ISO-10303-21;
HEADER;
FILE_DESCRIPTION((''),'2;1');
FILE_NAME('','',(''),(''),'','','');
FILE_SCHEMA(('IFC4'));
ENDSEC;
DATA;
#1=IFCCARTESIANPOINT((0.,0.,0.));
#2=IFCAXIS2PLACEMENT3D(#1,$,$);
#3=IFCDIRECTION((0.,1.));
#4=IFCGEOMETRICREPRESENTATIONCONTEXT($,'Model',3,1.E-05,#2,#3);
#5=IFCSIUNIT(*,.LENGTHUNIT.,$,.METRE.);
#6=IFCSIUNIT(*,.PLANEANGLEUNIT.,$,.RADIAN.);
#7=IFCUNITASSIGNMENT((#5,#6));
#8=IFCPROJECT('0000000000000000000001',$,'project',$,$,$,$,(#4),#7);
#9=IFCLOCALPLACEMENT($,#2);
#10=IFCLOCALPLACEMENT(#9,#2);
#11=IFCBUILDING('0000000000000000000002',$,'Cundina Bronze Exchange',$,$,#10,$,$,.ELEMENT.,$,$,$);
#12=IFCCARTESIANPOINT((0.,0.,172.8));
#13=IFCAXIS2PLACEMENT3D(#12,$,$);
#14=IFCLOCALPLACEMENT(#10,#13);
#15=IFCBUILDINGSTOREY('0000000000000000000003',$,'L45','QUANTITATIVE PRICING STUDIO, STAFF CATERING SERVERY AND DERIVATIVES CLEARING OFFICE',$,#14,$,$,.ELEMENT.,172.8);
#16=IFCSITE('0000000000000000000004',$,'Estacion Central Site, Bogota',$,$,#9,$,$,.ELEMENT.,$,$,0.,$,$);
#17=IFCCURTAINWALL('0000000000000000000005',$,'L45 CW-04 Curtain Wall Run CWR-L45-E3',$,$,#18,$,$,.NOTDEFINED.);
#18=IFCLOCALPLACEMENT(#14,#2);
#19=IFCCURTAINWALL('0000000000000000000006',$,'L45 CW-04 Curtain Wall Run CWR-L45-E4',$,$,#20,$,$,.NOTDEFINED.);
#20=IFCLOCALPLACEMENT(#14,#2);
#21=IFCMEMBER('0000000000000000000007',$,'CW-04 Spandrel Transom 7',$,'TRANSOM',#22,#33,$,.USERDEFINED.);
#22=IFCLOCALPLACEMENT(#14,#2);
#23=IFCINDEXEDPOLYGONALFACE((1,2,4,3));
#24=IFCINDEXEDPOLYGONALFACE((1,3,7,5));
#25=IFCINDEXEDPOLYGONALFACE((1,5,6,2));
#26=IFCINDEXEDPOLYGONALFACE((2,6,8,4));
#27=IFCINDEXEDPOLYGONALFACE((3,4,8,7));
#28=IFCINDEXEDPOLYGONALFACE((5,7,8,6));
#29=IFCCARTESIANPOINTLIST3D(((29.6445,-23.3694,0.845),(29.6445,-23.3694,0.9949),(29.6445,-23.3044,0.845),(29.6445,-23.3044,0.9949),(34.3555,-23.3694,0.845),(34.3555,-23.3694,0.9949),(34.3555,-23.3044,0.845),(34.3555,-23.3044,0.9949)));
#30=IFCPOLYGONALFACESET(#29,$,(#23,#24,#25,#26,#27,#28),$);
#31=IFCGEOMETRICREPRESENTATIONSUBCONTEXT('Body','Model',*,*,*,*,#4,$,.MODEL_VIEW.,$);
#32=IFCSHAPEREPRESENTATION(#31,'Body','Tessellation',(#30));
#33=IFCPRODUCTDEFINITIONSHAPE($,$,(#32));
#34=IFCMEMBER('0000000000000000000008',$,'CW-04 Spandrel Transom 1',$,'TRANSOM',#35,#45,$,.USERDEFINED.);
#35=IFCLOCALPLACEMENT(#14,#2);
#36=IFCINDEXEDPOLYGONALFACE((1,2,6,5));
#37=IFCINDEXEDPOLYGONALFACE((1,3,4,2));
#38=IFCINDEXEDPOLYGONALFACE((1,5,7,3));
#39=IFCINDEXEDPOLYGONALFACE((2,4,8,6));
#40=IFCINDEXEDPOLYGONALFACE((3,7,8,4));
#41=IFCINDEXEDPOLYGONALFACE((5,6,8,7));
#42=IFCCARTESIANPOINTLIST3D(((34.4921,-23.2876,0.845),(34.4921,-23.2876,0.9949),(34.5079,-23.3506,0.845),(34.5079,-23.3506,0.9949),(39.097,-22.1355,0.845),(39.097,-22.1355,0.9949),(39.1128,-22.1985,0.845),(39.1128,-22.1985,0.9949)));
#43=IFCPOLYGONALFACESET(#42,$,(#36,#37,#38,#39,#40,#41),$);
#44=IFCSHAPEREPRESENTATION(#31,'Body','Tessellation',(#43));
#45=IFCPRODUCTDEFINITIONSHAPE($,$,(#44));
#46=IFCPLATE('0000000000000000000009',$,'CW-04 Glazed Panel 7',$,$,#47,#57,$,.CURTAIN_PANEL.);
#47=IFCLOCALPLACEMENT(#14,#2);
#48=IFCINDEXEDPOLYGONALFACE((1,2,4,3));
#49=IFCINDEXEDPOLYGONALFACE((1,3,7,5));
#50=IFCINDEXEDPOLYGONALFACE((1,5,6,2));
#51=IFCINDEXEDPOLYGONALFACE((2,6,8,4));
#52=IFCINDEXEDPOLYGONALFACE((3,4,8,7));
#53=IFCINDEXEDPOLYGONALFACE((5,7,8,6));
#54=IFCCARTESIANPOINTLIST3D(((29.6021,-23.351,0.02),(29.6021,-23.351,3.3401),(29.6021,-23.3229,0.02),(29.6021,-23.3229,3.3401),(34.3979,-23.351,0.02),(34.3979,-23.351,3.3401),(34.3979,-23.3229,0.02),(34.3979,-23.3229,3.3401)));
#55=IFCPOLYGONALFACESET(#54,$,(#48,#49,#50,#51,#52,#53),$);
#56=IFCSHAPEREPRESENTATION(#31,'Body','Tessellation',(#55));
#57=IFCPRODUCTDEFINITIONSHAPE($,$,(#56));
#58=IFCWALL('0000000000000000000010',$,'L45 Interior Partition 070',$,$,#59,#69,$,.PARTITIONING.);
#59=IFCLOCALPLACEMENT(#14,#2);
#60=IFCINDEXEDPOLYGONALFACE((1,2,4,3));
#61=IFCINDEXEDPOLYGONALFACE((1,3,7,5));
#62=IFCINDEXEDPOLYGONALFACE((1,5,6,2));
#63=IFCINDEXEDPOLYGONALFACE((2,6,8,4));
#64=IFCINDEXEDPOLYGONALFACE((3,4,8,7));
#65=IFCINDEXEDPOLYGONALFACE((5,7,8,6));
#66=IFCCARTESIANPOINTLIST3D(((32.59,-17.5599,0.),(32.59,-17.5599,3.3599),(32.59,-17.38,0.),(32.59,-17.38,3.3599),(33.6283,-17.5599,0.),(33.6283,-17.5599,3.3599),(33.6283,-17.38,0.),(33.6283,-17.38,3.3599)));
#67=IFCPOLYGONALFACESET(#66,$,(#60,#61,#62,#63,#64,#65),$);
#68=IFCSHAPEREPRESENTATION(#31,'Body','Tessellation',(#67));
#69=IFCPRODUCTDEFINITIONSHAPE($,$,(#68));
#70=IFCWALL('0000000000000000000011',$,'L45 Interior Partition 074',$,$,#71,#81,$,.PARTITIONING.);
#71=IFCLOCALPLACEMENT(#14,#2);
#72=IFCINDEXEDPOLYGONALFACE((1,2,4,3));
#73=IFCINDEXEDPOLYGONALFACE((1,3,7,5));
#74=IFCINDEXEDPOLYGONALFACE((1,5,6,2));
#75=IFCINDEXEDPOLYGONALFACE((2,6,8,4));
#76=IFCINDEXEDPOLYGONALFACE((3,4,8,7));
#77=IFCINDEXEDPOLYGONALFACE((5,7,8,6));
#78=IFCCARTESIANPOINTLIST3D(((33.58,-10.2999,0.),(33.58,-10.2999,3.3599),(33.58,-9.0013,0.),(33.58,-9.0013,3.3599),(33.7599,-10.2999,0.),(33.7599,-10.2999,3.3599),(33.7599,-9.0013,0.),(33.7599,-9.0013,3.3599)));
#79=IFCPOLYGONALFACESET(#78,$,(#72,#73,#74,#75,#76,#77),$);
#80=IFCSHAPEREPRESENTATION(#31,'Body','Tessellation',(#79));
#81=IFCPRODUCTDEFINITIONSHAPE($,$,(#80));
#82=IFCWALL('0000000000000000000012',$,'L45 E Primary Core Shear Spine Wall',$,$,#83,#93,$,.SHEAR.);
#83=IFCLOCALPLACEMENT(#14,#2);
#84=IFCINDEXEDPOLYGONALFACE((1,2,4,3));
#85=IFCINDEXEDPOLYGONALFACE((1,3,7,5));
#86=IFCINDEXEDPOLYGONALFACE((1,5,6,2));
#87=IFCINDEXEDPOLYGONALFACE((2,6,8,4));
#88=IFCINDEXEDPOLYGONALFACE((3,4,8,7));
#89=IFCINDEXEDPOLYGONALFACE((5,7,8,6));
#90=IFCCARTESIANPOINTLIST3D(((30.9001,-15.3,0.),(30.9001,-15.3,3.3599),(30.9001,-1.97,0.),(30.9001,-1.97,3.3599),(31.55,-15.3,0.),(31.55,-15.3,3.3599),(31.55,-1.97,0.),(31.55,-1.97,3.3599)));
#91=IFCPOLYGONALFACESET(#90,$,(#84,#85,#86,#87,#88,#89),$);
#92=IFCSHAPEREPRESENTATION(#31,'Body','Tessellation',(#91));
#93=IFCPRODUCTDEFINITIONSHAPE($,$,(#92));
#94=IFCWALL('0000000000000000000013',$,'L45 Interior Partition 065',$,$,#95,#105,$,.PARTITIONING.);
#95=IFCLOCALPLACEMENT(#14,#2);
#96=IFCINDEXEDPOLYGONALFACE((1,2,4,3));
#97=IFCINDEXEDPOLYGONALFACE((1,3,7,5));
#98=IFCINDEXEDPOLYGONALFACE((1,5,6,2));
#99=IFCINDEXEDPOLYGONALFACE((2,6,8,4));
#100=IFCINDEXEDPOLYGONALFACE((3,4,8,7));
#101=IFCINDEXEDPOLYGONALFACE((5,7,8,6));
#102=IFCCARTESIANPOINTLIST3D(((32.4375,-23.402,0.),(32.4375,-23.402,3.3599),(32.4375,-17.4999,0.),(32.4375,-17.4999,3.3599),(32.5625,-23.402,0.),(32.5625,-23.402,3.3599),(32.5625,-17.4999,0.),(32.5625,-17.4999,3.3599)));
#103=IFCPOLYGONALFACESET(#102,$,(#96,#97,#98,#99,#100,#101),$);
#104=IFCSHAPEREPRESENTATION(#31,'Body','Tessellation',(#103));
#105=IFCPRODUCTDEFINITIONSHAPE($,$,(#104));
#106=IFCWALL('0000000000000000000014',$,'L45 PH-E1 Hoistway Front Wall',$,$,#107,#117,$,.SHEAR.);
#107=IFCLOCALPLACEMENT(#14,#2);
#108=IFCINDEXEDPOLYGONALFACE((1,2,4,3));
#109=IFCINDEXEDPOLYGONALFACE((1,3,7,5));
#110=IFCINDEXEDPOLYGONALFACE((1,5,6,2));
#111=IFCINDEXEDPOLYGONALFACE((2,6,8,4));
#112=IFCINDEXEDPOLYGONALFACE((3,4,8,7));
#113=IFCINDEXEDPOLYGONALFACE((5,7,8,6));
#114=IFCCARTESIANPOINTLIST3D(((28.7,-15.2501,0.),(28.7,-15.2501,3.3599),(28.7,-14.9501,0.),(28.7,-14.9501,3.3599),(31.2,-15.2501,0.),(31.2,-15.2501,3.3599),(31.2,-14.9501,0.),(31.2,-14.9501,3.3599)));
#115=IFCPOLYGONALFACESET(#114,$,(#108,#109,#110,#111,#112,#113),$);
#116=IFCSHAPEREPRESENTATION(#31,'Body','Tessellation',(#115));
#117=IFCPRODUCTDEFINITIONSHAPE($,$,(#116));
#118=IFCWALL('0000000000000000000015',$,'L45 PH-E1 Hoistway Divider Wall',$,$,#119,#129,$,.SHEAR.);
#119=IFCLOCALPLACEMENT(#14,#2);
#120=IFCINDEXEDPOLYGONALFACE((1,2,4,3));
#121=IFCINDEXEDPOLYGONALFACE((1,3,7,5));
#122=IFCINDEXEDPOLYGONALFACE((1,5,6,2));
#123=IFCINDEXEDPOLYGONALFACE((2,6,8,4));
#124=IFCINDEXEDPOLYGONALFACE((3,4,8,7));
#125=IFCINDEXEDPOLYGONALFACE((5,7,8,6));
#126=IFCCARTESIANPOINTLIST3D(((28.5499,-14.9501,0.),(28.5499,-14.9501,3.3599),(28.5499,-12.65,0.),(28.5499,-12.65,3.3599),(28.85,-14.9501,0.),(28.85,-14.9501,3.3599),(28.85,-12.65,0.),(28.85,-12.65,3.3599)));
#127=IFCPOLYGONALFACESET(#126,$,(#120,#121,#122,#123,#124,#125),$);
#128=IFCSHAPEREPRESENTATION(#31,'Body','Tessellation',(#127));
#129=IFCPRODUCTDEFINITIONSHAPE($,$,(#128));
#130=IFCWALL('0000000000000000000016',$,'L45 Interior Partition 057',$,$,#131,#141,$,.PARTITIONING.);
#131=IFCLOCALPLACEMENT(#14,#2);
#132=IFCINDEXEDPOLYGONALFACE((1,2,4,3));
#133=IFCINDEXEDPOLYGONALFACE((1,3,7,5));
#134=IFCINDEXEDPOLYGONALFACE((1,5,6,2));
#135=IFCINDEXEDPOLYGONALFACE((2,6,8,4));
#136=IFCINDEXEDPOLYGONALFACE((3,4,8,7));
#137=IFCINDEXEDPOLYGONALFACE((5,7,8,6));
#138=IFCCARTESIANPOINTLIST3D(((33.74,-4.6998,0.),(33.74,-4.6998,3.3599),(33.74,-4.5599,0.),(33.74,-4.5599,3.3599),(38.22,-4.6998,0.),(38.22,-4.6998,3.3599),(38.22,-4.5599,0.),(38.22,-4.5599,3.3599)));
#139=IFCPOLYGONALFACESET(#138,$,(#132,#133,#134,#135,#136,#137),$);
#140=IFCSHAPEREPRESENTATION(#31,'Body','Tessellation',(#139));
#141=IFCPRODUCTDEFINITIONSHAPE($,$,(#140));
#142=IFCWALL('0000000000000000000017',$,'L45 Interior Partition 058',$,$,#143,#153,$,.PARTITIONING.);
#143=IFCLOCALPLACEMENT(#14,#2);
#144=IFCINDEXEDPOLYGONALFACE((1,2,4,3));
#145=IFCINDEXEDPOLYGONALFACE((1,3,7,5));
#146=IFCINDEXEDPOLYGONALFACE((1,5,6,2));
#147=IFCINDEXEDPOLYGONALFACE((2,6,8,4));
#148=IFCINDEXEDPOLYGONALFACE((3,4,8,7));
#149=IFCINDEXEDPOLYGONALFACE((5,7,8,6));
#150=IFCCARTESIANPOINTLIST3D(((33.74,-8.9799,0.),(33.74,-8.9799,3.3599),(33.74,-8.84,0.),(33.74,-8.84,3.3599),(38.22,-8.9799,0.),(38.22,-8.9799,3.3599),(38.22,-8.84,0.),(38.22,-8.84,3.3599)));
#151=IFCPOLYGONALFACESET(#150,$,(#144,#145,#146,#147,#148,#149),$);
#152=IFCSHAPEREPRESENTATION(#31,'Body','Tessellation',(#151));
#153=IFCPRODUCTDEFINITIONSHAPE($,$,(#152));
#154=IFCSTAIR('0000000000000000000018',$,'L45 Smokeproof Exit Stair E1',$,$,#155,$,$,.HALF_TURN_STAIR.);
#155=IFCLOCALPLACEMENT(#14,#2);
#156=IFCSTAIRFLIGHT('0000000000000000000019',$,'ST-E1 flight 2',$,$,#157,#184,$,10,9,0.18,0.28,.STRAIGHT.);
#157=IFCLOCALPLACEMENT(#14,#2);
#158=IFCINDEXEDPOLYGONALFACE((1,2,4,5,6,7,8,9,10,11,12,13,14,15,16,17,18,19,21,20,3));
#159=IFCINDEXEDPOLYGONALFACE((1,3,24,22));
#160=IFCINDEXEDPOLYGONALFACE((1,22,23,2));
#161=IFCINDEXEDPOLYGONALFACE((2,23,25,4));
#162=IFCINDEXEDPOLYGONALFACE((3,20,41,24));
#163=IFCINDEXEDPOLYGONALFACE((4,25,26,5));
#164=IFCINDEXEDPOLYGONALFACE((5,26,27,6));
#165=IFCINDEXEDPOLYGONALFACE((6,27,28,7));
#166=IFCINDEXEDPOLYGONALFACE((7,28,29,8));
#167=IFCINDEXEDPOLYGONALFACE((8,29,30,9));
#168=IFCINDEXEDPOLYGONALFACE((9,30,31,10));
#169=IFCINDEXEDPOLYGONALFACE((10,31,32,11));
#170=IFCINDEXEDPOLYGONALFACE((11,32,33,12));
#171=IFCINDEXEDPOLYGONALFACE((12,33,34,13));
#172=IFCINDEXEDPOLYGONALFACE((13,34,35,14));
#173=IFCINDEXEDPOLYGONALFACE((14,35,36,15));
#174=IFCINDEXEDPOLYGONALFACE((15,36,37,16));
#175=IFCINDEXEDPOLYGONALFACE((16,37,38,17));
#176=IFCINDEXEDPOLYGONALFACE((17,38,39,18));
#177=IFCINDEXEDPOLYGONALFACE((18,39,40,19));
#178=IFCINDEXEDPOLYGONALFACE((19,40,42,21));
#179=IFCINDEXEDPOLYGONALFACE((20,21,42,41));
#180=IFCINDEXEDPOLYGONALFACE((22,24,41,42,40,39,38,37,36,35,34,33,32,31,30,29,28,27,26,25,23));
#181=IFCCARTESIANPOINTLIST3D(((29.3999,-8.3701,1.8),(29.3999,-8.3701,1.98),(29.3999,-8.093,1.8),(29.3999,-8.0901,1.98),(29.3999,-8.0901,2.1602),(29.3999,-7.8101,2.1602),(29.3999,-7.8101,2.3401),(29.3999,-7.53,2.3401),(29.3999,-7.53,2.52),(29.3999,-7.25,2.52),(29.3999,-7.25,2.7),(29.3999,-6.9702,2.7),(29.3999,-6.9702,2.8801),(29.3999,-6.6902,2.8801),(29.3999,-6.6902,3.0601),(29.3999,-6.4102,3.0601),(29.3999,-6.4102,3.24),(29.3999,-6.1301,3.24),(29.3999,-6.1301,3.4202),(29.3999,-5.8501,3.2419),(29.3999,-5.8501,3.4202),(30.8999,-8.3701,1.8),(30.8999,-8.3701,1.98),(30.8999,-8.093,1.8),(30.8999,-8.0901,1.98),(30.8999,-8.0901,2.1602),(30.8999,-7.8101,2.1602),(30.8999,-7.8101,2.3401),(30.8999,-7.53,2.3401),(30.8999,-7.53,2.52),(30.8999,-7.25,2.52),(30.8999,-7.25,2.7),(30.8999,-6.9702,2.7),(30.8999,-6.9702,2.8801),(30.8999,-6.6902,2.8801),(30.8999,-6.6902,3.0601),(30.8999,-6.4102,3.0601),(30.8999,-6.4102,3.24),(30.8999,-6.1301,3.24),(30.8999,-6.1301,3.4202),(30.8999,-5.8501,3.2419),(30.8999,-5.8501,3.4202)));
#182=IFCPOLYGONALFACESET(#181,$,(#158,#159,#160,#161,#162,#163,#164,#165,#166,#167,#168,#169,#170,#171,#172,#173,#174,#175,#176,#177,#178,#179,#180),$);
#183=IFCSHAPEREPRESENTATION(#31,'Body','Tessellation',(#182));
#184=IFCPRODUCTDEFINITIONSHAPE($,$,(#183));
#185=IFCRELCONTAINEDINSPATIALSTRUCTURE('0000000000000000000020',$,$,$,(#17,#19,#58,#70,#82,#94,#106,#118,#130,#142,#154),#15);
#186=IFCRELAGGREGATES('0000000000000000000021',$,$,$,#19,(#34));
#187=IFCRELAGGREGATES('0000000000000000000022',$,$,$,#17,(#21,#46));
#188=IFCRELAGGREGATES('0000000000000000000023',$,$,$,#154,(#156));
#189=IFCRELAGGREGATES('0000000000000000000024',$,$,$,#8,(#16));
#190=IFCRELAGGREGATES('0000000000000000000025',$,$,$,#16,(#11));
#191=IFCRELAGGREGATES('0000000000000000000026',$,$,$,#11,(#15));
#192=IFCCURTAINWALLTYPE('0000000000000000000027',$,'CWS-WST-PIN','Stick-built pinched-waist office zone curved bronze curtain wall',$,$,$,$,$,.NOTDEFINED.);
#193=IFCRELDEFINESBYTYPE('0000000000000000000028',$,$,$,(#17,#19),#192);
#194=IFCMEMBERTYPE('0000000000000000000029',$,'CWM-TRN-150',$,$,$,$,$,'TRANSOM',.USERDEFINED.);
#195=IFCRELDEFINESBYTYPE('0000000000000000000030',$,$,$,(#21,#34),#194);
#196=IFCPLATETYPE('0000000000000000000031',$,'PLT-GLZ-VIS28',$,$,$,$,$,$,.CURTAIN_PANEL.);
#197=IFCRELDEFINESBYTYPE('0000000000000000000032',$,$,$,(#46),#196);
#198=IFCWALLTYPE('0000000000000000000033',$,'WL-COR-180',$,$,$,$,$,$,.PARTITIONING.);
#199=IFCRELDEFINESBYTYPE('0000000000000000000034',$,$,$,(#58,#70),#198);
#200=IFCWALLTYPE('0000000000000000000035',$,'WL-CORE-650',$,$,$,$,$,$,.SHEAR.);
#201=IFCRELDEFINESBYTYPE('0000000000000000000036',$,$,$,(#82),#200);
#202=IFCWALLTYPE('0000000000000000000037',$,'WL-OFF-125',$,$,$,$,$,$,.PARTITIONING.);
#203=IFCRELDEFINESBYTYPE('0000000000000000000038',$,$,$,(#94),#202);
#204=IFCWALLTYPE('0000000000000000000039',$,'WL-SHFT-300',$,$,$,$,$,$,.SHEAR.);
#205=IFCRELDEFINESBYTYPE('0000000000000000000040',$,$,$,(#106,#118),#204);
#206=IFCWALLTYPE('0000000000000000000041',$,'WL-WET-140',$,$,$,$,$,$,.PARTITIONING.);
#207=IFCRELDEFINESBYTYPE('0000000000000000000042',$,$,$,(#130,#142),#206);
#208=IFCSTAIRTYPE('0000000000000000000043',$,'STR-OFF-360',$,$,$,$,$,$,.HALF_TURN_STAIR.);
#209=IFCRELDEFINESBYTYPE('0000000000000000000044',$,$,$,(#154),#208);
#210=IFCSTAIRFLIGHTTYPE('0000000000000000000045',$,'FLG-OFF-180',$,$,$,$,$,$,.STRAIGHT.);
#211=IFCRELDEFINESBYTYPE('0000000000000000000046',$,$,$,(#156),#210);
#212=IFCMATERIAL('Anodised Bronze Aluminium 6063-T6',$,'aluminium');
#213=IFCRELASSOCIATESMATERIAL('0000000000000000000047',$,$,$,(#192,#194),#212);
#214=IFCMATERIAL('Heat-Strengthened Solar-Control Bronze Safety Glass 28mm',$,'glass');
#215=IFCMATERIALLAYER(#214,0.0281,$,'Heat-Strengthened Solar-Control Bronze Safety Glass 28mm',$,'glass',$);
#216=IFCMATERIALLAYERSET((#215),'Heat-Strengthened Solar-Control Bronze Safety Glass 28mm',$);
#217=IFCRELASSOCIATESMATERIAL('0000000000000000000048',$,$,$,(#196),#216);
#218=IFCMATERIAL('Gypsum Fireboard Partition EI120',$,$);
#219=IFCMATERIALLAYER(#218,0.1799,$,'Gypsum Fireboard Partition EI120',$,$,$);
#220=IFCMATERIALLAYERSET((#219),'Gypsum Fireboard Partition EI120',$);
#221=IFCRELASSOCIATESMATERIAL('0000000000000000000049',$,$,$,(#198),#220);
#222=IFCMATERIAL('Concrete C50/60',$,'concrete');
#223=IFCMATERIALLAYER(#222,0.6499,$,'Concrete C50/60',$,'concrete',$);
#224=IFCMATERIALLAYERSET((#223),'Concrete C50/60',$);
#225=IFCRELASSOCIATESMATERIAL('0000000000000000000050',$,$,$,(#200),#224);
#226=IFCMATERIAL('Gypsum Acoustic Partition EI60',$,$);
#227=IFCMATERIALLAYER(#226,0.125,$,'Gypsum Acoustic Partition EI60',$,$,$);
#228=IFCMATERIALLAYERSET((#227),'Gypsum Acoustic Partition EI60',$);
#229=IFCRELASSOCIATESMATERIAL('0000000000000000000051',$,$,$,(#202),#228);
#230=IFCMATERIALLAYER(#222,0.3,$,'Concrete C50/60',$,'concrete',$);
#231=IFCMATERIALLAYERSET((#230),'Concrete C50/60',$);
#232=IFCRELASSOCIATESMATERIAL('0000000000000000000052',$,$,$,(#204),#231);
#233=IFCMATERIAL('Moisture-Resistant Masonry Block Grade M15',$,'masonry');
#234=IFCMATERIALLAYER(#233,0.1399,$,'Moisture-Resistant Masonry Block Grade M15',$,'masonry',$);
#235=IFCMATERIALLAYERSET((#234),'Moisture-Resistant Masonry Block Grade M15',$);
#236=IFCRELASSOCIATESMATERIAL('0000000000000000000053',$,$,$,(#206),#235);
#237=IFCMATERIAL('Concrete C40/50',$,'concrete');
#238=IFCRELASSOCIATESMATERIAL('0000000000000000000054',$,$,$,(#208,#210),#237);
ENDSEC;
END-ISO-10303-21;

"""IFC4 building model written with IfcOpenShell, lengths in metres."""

from ifc_helpers import new_model, si_unit, direction, frame, frame_2d, origin, origin_2d, place, context, subcontext, project, spatial, polyline, rectangle, outline, extrude, material, layer, layer_set, material_profile, profile_set, type_object, element, aggregate, save


model = new_model("IFC4")

# Units and contexts
model_context = context("Model", 3, precision=1e-05, world=origin(), true_north=direction((0.0, 1.0)))
body_context = subcontext(model_context, "Body", "Model", "MODEL_VIEW")
ifc_project = project(units=[si_unit("LENGTHUNIT", "METRE"), si_unit("PLANEANGLEUNIT", "RADIAN")], contexts=[model_context])

# Site, building, storey
site_placement = place(None, origin())
site = spatial("IfcSite", under=ifc_project, at=site_placement, Name="Estacion Central Site, Bogota", CompositionType="ELEMENT", RefElevation=0.0)
building_placement = place(site_placement, origin())
building = spatial("IfcBuilding", under=site, at=building_placement, Name="Cundina Bronze Exchange", CompositionType="ELEMENT")
storey_placement = place(building_placement, frame((0.0, 0.0, 172.8)))
storey = spatial("IfcBuildingStorey", under=building, at=storey_placement, Name="L45", Description="QUANTITATIVE PRICING STUDIO, STAFF CATERING SERVERY AND DERIVATIVES CLEARING OFFICE", CompositionType="ELEMENT", Elevation=172.8)

# Shared definitions
ifc_material_1 = material(Name="Concrete C50/60", Category="concrete")

# Curtain wall
ifc_material_2 = material(Name="Anodised Bronze Aluminium 6063-T6", Category="aluminium")
curtain_wall_type = type_object("IfcCurtainWallType", Name="CWS-WST-PIN", Description="Stick-built pinched-waist office zone curved bronze curtain wall", PredefinedType="NOTDEFINED", material=ifc_material_2)
curtain_wall_1_placement = place(storey_placement, origin())
curtain_wall_1 = element("IfcCurtainWall", 1, at=curtain_wall_1_placement, inside=storey, type_object=curtain_wall_type, Name="L45 CW-04 Curtain Wall Run CWR-L45-E3", PredefinedType="NOTDEFINED")

# Curtain wall
curtain_wall_2_placement = place(storey_placement, origin())
curtain_wall_2 = element("IfcCurtainWall", 2, at=curtain_wall_2_placement, inside=storey, type_object=curtain_wall_type, Name="L45 CW-04 Curtain Wall Run CWR-L45-E4", PredefinedType="NOTDEFINED")

# Members
ifc_material_profile_1 = material_profile(ifc_material_2, rectangle(XDim=0.0649, YDim=0.1499, at=origin_2d()), Name="AL65X150", Category="aluminium")
ifc_profile_set_1 = profile_set([ifc_material_profile_1], Name="Anodised Bronze Aluminium 6063-T6")
member_type_1 = type_object("IfcMemberType", Name="CWM-TRN-150", ElementType="TRANSOM", PredefinedType="USERDEFINED", material=ifc_profile_set_1)
member_1_placement = place(storey_placement, frame((29.6445, -23.3369, 0.9199), z_axis=(1.0, 0.0, 0.0), x_axis=(0.0, 1.0, 0.0)))
member_1 = element("IfcMember", 3, at=member_1_placement, type_object=member_type_1, Name="CW-04 Spandrel Transom 7", ObjectType="TRANSOM", PredefinedType="USERDEFINED", context=body_context, shape_type="SweptSolid", body=[
    extrude(rectangle(XDim=0.0649, YDim=0.1499, at=origin_2d()), origin(), (0.0, 0.0, 1.0), 4.7109),
])
member_2_placement = place(storey_placement, frame((34.5, -23.3191, 0.9199), z_axis=(0.9701, 0.242705, 0.0), x_axis=(-0.242705, 0.9701, 0.0)))
member_2 = element("IfcMember", 4, at=member_2_placement, type_object=member_type_1, Name="CW-04 Spandrel Transom 1", ObjectType="TRANSOM", PredefinedType="USERDEFINED", context=body_context, shape_type="SweptSolid", body=[
    extrude(rectangle(XDim=0.0649, YDim=0.1499, at=origin_2d()), origin(), (0.0, 0.0, 1.0), 4.7468),
])
aggregate(curtain_wall_2, [member_2])

# Plate
ifc_material_3 = material(Name="Heat-Strengthened Solar-Control Bronze Safety Glass 28mm", Category="glass")
ifc_layer_1 = layer(ifc_material_3, 0.0281, Name="Heat-Strengthened Solar-Control Bronze Safety Glass 28mm", Category="glass")
ifc_layer_set_1 = layer_set([ifc_layer_1], Name="Heat-Strengthened Solar-Control Bronze Safety Glass 28mm")
plate_type = type_object("IfcPlateType", Name="PLT-GLZ-VIS28", PredefinedType="CURTAIN_PANEL", material=ifc_layer_set_1)
plate_placement = place(storey_placement, frame((32.0, -23.3369, 0.02), z_axis=(0.0, 0.0, 1.0), x_axis=(1.0, 0.0, 0.0)))
plate = element("IfcPlate", 5, at=plate_placement, type_object=plate_type, Name="CW-04 Glazed Panel 7", PredefinedType="CURTAIN_PANEL", context=body_context, shape_type="SweptSolid", body=[
    extrude(rectangle(XDim=4.7959, YDim=0.0281, at=origin_2d()), origin(), (0.0, 0.0, 1.0), 3.3201),
])
aggregate(curtain_wall_1, [member_1, plate])

# Shared definitions
ifc_material_4 = material(Name="Gypsum Fireboard Partition EI120")
ifc_layer_2 = layer(ifc_material_4, 0.1799, Name="Gypsum Fireboard Partition EI120")
ifc_layer_set_2 = layer_set([ifc_layer_2], Name="Gypsum Fireboard Partition EI120")
wall_type_1 = type_object("IfcWallType", Name="WL-COR-180", PredefinedType="PARTITIONING", material=ifc_layer_set_2)

# Walls
wall_1_placement = place(storey_placement, frame((32.5901, -17.47, 0.0), z_axis=(0.0, 0.0, 1.0), x_axis=(1.0, 0.0, 0.0)))
element("IfcWall", 6, at=wall_1_placement, inside=storey, type_object=wall_type_1, Name="L45 Interior Partition 070", PredefinedType="PARTITIONING", context=body_context, shape_type="SweptSolid", body=[
    extrude(rectangle(XDim=1.0383, YDim=0.1799, at=frame_2d((0.519, 0.0))), origin(), (0.0, 0.0, 1.0), 3.3599),
])
wall_2_placement = place(storey_placement, frame((33.6699, -10.3, 0.0), z_axis=(0.0, 0.0, 1.0), x_axis=(0.0, 1.0, 0.0)))
element("IfcWall", 7, at=wall_2_placement, inside=storey, type_object=wall_type_1, Name="L45 Interior Partition 074", PredefinedType="PARTITIONING", context=body_context, shape_type="SweptSolid", body=[
    extrude(rectangle(XDim=1.2986, YDim=0.1799, at=frame_2d((0.6494, 0.0))), origin(), (0.0, 0.0, 1.0), 3.3599),
])
ifc_layer_3 = layer(ifc_material_1, 0.6499, Name="Concrete C50/60", Category="concrete")
ifc_layer_set_3 = layer_set([ifc_layer_3], Name="Concrete C50/60")
wall_type_2 = type_object("IfcWallType", Name="WL-CORE-650", PredefinedType="SHEAR", material=ifc_layer_set_3)
wall_3_placement = place(storey_placement, frame((31.2251, -15.3, 0.0), z_axis=(0.0, 0.0, 1.0), x_axis=(0.0, 1.0, 0.0)))
element("IfcWall", 8, at=wall_3_placement, inside=storey, type_object=wall_type_2, Name="L45 E Primary Core Shear Spine Wall", PredefinedType="SHEAR", context=body_context, shape_type="SweptSolid", body=[
    extrude(rectangle(XDim=13.3301, YDim=0.6499, at=frame_2d((6.665, 0.0))), origin(), (0.0, 0.0, 1.0), 3.3599),
])
ifc_material_5 = material(Name="Gypsum Acoustic Partition EI60")
ifc_layer_4 = layer(ifc_material_5, 0.125, Name="Gypsum Acoustic Partition EI60")
ifc_layer_set_4 = layer_set([ifc_layer_4], Name="Gypsum Acoustic Partition EI60")
wall_type_3 = type_object("IfcWallType", Name="WL-OFF-125", PredefinedType="PARTITIONING", material=ifc_layer_set_4)
wall_4_placement = place(storey_placement, frame((32.5, -23.4021, 0.0), z_axis=(0.0, 0.0, 1.0), x_axis=(0.0, 1.0, 0.0)))
element("IfcWall", 9, at=wall_4_placement, inside=storey, type_object=wall_type_3, Name="L45 Interior Partition 065", PredefinedType="PARTITIONING", context=body_context, shape_type="SweptSolid", body=[
    extrude(rectangle(XDim=5.9021, YDim=0.125, at=frame_2d((2.9512, 0.0))), origin(), (0.0, 0.0, 1.0), 3.3599),
])
ifc_layer_5 = layer(ifc_material_1, 0.3, Name="Concrete C50/60", Category="concrete")
ifc_layer_set_5 = layer_set([ifc_layer_5], Name="Concrete C50/60")
wall_type_4 = type_object("IfcWallType", Name="WL-SHFT-300", PredefinedType="SHEAR", material=ifc_layer_set_5)
wall_5_placement = place(storey_placement, frame((28.7, -15.1001, 0.0), z_axis=(0.0, 0.0, 1.0), x_axis=(1.0, 0.0, 0.0)))
element("IfcWall", 10, at=wall_5_placement, inside=storey, type_object=wall_type_4, Name="L45 PH-E1 Hoistway Front Wall", PredefinedType="SHEAR", context=body_context, shape_type="SweptSolid", body=[
    extrude(rectangle(XDim=2.5, YDim=0.3, at=frame_2d((1.25, 0.0))), origin(), (0.0, 0.0, 1.0), 3.3599),
])
wall_6_placement = place(storey_placement, frame((28.7, -14.95, 0.0), z_axis=(0.0, 0.0, 1.0), x_axis=(0.0, 1.0, 0.0)))
element("IfcWall", 11, at=wall_6_placement, inside=storey, type_object=wall_type_4, Name="L45 PH-E1 Hoistway Divider Wall", PredefinedType="SHEAR", context=body_context, shape_type="SweptSolid", body=[
    extrude(rectangle(XDim=2.3, YDim=0.3, at=frame_2d((1.1499, 0.0))), origin(), (0.0, 0.0, 1.0), 3.3599),
])
ifc_material_6 = material(Name="Moisture-Resistant Masonry Block Grade M15", Category="masonry")
ifc_layer_6 = layer(ifc_material_6, 0.1399, Name="Moisture-Resistant Masonry Block Grade M15", Category="masonry")
ifc_layer_set_6 = layer_set([ifc_layer_6], Name="Moisture-Resistant Masonry Block Grade M15")
wall_type_5 = type_object("IfcWallType", Name="WL-WET-140", PredefinedType="PARTITIONING", material=ifc_layer_set_6)
for number, where, z_axis, x_axis, name in (
    (12, (33.74, -4.6299, 0.0), (0.0, 0.0, 1.0), (1.0, 0.0, 0.0), "L45 Interior Partition 057"),
    (13, (33.74, -8.9099, 0.0), (0.0, 0.0, 1.0), (1.0, 0.0, 0.0), "L45 Interior Partition 058"),
):
    element("IfcWall", number, at=place(storey_placement, frame(where, z_axis=z_axis, x_axis=x_axis)), inside=storey, type_object=wall_type_5, Name=name, PredefinedType="PARTITIONING", context=body_context, shape_type="SweptSolid", body=[
        extrude(rectangle(XDim=4.48, YDim=0.1399, at=frame_2d((2.24, 0.0))), origin(), (0.0, 0.0, 1.0), 3.3599),
    ])

# Stair, stair flight
ifc_material_7 = material(Name="Concrete C40/50", Category="concrete")
stair_type = type_object("IfcStairType", Name="STR-OFF-360", PredefinedType="HALF_TURN_STAIR", material=ifc_material_7)
stair_placement = place(storey_placement, origin())
stair = element("IfcStair", 14, at=stair_placement, inside=storey, type_object=stair_type, Name="L45 Smokeproof Exit Stair E1", PredefinedType="HALF_TURN_STAIR")
stair_flight_type = type_object("IfcStairFlightType", Name="FLG-OFF-180", PredefinedType="STRAIGHT", material=ifc_material_7)
stair_flight_placement = place(storey_placement, frame((30.1499, -8.3701, 1.8), z_axis=(0.0, 0.0, 1.0), x_axis=(0.0, 1.0, 0.0)))
stair_flight = element("IfcStairFlight", 15, at=stair_flight_placement, type_object=stair_flight_type, Name="ST-E1 flight 2", NumberOfRisers=10, NumberOfTreads=9, PredefinedType="STRAIGHT", RiserHeight=0.18, TreadLength=0.28, context=body_context, shape_type="SweptSolid", body=[
    extrude(outline(polyline([(0.0, 0.0), (0.0, 0.1799), (0.28, 0.1799), (0.28, 0.3601), (0.5601, 0.3601), (0.5601, 0.54), (0.8401, 0.54), (0.8401, 0.72), (1.1201, 0.72), (1.1201, 0.8999), (1.3999, 0.8999), (1.3999, 1.0801), (1.6799, 1.0801), (1.6799, 1.26), (1.96, 1.26), (1.96, 1.4399), (2.24, 1.4399), (2.24, 1.6201), (2.52, 1.6201), (2.52, 1.8), (2.52, 1.4419), (0.2771, 0.0), (0.0, 0.0)])), frame((0.0, 0.75, 0.0), z_axis=(0.0, -1.0, 0.0), x_axis=(1.0, 0.0, 0.0)), (0.0, 0.0, 1.0), 1.5),
])
aggregate(stair, [stair_flight])

save(model, "model.ifc")
